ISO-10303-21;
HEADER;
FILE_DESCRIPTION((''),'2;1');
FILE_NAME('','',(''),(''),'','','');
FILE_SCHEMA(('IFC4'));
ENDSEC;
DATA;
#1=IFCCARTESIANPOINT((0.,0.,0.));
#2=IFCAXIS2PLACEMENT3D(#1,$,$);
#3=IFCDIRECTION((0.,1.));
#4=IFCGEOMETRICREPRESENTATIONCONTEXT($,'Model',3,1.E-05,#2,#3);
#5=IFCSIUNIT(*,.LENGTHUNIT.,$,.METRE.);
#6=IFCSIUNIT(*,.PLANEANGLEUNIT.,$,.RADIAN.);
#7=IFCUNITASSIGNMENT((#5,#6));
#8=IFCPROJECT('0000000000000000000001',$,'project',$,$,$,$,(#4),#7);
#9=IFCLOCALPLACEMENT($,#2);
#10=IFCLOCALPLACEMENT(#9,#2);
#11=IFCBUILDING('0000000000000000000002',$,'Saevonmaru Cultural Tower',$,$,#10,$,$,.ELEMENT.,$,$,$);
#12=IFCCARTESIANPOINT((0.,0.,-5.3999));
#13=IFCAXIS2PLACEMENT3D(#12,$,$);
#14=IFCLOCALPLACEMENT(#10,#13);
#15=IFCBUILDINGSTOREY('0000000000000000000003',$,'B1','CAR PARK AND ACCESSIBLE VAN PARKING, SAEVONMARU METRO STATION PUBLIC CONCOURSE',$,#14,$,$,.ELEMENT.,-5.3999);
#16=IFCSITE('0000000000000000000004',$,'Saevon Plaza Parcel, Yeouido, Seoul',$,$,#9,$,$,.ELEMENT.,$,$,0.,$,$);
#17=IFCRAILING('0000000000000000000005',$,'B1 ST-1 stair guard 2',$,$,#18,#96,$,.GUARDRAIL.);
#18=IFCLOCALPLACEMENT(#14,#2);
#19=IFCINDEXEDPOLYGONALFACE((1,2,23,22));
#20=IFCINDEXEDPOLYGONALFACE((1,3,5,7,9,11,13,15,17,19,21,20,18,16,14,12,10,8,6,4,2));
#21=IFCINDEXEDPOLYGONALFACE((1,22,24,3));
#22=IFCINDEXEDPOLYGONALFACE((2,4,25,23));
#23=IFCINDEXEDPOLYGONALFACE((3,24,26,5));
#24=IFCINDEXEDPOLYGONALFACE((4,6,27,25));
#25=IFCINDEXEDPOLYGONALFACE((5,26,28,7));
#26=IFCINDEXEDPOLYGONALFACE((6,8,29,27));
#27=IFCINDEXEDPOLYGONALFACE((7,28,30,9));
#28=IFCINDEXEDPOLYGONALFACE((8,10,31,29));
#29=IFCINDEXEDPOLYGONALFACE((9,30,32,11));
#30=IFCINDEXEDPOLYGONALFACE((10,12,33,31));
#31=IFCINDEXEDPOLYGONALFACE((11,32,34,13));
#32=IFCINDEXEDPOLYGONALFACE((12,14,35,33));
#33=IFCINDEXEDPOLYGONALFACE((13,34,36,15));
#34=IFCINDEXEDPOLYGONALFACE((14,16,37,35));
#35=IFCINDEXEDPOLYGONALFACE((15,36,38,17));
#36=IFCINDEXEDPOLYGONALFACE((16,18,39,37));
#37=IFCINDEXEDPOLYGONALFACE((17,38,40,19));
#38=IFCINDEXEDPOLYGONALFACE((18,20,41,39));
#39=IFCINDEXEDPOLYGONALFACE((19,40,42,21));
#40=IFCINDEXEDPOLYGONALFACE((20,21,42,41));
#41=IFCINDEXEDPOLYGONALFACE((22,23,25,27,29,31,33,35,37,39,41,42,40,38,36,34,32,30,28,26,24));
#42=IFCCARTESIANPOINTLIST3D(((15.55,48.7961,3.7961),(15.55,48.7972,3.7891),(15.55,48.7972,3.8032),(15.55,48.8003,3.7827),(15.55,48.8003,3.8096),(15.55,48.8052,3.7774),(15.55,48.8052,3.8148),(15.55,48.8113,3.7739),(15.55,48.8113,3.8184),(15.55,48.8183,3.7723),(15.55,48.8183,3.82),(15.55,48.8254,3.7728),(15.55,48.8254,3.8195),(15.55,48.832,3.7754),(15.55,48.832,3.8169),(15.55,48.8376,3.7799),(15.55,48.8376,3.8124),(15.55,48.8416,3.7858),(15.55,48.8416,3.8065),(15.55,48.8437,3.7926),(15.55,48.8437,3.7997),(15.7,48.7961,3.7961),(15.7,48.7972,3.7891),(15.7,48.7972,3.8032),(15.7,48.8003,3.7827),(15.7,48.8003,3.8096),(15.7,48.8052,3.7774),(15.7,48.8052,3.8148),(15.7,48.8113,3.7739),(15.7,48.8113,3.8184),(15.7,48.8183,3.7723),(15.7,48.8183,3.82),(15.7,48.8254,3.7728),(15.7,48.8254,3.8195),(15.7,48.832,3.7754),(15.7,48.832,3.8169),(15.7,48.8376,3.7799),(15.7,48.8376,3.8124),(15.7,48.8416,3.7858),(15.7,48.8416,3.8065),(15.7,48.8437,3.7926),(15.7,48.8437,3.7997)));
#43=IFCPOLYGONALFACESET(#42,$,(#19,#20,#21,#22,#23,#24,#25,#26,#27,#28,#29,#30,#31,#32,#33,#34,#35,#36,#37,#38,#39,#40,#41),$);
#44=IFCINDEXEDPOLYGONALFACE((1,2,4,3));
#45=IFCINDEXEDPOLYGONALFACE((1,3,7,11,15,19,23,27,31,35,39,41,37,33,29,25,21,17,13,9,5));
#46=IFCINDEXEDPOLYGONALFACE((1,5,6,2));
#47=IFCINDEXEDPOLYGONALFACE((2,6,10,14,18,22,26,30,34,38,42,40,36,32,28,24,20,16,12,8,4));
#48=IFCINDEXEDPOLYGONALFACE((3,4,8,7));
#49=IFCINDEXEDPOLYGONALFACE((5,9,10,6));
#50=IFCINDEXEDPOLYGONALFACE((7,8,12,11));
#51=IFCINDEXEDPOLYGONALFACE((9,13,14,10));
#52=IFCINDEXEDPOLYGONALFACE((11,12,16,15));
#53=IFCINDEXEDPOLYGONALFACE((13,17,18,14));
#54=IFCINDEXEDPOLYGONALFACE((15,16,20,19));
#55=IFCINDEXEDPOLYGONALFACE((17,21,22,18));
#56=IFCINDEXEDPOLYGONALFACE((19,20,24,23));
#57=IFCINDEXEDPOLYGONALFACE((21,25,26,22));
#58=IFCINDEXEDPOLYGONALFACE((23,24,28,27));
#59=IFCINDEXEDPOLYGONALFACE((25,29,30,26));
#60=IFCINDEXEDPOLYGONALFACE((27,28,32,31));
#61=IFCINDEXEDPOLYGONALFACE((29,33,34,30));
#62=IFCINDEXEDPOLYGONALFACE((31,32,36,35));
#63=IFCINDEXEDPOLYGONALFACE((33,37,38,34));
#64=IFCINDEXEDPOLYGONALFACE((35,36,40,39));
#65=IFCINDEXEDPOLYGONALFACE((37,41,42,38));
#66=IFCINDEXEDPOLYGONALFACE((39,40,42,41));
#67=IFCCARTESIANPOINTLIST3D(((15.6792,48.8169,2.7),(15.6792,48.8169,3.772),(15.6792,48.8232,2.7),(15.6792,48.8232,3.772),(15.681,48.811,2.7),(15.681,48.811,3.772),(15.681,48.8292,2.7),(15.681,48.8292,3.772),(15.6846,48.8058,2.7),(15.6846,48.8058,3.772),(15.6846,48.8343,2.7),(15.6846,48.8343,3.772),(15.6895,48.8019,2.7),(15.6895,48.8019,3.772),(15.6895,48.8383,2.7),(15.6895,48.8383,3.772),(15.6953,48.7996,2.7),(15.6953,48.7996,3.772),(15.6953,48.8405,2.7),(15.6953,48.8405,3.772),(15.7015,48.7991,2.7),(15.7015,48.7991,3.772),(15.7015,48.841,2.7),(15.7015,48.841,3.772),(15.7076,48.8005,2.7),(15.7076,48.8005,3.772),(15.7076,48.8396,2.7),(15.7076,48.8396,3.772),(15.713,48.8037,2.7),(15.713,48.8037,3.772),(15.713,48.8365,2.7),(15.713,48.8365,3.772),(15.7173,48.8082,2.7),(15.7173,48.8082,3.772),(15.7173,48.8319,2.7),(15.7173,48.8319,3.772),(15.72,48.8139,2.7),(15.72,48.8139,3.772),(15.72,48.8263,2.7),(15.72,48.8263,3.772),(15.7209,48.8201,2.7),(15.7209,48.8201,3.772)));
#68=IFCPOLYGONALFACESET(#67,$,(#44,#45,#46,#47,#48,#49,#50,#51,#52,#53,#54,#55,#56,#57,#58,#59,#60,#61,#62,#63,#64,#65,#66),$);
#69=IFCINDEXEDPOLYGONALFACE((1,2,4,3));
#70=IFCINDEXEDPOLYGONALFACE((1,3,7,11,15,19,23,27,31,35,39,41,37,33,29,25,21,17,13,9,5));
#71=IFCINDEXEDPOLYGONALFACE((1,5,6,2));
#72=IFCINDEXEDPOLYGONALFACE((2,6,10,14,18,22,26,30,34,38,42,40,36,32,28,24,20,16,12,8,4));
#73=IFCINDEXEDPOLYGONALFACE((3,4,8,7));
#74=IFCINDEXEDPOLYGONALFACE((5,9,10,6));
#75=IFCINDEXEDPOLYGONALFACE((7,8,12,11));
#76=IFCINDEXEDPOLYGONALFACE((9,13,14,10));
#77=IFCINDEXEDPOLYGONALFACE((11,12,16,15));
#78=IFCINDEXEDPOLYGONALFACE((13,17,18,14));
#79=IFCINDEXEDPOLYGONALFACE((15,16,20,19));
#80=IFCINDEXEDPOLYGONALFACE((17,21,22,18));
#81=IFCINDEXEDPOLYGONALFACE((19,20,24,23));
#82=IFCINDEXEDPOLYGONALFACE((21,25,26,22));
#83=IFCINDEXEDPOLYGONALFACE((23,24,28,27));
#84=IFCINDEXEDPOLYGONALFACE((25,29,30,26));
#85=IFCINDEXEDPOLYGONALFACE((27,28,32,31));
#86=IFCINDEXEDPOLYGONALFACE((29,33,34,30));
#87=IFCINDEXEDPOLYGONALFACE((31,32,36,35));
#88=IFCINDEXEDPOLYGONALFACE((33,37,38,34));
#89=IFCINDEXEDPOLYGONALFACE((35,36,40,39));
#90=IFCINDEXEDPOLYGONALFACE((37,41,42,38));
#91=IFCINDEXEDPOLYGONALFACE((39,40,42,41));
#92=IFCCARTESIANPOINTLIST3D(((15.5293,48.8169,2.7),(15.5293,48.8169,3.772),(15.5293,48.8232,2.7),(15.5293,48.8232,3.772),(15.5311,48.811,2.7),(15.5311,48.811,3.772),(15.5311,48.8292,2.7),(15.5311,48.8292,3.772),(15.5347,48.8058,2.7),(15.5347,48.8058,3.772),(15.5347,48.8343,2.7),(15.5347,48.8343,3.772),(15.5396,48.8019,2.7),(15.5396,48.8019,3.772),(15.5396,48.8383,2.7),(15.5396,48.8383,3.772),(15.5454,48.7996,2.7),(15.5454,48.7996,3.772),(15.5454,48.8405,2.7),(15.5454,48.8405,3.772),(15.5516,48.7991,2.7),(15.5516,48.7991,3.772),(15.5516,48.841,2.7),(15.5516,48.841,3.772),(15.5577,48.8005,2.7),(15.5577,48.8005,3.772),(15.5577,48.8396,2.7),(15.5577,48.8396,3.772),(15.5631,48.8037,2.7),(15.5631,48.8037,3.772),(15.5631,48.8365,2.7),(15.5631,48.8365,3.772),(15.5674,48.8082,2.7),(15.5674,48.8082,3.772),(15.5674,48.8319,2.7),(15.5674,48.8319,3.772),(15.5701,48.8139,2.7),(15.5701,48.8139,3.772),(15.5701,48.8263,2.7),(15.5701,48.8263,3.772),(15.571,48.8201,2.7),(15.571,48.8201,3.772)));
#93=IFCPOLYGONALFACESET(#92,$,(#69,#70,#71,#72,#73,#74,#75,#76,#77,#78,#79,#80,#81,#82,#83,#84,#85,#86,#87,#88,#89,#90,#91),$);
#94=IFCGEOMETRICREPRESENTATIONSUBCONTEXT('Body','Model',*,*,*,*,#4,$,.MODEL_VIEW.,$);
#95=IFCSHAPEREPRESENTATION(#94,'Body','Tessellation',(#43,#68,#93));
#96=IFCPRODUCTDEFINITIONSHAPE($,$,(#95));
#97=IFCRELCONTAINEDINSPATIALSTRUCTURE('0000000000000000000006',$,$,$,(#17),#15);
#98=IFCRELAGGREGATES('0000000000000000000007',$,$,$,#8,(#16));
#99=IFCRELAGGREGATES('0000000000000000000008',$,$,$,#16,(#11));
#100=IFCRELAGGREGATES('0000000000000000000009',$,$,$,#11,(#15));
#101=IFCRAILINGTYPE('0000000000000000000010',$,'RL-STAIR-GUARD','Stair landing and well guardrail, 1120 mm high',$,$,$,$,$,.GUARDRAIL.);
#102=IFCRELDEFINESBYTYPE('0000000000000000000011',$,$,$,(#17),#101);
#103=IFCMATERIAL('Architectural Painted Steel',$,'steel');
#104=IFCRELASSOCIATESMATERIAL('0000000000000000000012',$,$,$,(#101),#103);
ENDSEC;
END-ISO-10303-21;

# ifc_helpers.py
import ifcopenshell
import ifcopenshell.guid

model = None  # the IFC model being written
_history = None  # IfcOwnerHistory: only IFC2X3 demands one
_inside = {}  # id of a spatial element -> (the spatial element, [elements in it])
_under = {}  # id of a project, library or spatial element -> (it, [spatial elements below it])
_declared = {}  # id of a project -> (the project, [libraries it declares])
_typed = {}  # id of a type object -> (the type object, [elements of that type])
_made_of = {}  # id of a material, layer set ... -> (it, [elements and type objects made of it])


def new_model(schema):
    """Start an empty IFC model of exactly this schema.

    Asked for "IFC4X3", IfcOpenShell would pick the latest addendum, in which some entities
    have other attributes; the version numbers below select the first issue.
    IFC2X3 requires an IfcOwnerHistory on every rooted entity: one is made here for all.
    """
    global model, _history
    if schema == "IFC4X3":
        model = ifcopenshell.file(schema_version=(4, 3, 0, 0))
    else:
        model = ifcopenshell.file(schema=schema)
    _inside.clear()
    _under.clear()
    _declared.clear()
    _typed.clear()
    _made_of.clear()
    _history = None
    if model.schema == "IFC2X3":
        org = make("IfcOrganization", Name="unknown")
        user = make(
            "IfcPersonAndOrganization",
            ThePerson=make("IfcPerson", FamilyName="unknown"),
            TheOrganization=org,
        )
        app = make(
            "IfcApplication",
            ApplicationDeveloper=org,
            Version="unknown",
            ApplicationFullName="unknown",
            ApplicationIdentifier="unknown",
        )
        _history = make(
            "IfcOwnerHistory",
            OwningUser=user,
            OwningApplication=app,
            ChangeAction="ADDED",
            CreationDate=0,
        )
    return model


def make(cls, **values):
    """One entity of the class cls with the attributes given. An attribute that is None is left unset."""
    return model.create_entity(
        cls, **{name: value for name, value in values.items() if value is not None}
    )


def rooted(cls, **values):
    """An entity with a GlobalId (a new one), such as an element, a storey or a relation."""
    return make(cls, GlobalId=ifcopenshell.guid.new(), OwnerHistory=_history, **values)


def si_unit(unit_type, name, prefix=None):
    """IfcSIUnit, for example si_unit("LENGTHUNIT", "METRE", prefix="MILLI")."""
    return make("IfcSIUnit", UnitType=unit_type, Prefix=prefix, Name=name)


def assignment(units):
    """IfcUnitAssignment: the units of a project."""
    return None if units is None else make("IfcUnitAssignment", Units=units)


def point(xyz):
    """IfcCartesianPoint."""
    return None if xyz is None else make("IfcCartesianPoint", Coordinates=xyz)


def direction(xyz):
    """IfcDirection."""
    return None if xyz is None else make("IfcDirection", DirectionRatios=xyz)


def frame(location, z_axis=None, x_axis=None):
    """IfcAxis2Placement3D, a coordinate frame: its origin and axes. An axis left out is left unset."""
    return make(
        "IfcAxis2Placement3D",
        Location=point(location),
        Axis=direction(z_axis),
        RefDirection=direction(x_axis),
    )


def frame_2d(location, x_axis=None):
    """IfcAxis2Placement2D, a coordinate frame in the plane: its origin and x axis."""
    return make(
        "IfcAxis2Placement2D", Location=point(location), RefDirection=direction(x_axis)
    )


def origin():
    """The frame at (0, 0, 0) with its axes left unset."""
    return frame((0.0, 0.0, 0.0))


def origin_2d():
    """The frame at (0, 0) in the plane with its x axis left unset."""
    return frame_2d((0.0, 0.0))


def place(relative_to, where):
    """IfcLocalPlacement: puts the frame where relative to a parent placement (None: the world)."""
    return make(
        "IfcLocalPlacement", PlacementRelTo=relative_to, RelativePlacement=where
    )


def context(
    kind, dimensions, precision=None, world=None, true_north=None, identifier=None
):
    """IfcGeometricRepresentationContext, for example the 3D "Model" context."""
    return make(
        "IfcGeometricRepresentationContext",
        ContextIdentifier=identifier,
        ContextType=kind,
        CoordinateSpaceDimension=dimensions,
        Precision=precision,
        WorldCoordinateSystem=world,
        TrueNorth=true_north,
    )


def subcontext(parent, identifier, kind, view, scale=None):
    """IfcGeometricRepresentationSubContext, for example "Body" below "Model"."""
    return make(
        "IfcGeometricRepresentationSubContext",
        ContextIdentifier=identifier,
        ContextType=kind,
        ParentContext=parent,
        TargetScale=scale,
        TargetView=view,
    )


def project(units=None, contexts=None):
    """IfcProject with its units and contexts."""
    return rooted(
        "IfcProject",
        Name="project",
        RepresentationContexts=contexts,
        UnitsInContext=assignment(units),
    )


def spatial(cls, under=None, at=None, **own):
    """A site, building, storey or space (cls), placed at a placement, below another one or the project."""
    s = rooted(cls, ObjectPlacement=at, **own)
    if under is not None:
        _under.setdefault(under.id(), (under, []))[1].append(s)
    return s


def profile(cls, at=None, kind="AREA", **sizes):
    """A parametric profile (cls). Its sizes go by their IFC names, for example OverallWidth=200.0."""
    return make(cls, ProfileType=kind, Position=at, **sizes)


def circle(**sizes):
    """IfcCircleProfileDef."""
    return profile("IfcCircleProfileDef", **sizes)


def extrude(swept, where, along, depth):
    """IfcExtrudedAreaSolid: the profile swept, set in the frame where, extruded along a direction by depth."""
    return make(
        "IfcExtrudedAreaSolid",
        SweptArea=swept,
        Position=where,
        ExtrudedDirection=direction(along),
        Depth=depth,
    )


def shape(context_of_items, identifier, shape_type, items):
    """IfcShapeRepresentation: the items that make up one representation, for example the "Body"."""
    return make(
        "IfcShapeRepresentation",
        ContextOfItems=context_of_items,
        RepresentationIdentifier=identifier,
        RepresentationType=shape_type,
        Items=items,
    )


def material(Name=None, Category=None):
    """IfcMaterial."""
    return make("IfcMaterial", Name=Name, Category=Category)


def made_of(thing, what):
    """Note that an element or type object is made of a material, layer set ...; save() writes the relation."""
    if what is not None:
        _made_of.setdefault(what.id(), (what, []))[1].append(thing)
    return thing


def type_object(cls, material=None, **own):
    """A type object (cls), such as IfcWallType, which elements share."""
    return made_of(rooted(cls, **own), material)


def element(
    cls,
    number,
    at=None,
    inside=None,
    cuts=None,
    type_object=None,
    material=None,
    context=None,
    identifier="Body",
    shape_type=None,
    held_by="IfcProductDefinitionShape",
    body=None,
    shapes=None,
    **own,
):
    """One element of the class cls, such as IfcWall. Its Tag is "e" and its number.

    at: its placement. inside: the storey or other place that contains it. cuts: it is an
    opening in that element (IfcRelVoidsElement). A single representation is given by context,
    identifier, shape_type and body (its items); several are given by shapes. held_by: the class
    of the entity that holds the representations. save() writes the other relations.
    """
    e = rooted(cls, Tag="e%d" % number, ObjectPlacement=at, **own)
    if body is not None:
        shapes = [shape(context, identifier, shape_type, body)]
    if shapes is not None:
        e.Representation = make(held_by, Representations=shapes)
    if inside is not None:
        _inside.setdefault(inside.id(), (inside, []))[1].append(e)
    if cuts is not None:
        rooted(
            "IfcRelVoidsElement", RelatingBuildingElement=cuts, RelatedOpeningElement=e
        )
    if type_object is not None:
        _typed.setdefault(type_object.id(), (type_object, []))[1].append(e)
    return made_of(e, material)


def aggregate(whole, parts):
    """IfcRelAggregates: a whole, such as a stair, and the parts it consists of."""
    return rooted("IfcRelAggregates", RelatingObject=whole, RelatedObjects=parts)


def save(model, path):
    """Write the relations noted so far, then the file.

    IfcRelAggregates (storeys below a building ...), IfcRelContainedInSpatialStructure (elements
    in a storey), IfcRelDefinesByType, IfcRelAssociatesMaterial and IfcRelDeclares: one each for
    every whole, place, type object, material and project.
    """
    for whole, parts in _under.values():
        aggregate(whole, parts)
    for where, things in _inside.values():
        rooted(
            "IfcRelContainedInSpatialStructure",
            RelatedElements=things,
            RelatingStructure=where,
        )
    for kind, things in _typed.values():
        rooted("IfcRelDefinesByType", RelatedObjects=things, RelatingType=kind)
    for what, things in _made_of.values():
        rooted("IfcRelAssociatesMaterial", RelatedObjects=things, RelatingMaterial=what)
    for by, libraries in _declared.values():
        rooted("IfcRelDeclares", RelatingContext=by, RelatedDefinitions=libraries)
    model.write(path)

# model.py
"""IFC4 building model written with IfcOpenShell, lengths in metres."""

from ifc_helpers import new_model, si_unit, direction, frame, origin, origin_2d, place, context, subcontext, project, spatial, circle, extrude, material, type_object, element, save


model = new_model("IFC4")

# Units and contexts
model_context = context("Model", 3, precision=1e-05, world=origin(), true_north=direction((0.0, 1.0)))
body_context = subcontext(model_context, "Body", "Model", "MODEL_VIEW")
ifc_project = project(units=[si_unit("LENGTHUNIT", "METRE"), si_unit("PLANEANGLEUNIT", "RADIAN")], contexts=[model_context])

# Site, building, storey
site_placement = place(None, origin())
site = spatial("IfcSite", under=ifc_project, at=site_placement, Name="Saevon Plaza Parcel, Yeouido, Seoul", CompositionType="ELEMENT", RefElevation=0.0)
building_placement = place(site_placement, origin())
building = spatial("IfcBuilding", under=site, at=building_placement, Name="Saevonmaru Cultural Tower", CompositionType="ELEMENT")
storey_placement = place(building_placement, frame((0.0, 0.0, -5.3999)))
storey = spatial("IfcBuildingStorey", under=building, at=storey_placement, Name="B1", Description="CAR PARK AND ACCESSIBLE VAN PARKING, SAEVONMARU METRO STATION PUBLIC CONCOURSE", CompositionType="ELEMENT", Elevation=-5.3999)

# Railing
ifc_material_1 = material(Name="Architectural Painted Steel", Category="steel")
railing_type_1 = type_object("IfcRailingType", Name="RL-STAIR-GUARD", Description="Stair landing and well guardrail, 1120 mm high", PredefinedType="GUARDRAIL", material=ifc_material_1)
railing_1_placement = place(storey_placement, frame((15.7, 48.8201, 2.7)))
element("IfcRailing", 1, at=railing_1_placement, inside=storey, type_object=railing_type_1, Name="B1 ST-1 stair guard 2", PredefinedType="GUARDRAIL", context=body_context, shape_type="SweptSolid", body=[
    extrude(circle(Radius=0.0239, at=origin_2d()), frame((0.0, 0.0, 1.0962), z_axis=(-1.0, 0.0, 0.0), x_axis=(0.0, -1.0, 0.0)), (0.0, 0.0, 1.0), 0.1499),
    extrude(circle(Radius=0.021, at=origin_2d()), origin(), (0.0, 0.0, 1.0), 1.072),
    extrude(circle(Radius=0.021, at=origin_2d()), frame((-0.1499, 0.0, 0.0)), (0.0, 0.0, 1.0), 1.072),
])

save(model, "model.ifc")
